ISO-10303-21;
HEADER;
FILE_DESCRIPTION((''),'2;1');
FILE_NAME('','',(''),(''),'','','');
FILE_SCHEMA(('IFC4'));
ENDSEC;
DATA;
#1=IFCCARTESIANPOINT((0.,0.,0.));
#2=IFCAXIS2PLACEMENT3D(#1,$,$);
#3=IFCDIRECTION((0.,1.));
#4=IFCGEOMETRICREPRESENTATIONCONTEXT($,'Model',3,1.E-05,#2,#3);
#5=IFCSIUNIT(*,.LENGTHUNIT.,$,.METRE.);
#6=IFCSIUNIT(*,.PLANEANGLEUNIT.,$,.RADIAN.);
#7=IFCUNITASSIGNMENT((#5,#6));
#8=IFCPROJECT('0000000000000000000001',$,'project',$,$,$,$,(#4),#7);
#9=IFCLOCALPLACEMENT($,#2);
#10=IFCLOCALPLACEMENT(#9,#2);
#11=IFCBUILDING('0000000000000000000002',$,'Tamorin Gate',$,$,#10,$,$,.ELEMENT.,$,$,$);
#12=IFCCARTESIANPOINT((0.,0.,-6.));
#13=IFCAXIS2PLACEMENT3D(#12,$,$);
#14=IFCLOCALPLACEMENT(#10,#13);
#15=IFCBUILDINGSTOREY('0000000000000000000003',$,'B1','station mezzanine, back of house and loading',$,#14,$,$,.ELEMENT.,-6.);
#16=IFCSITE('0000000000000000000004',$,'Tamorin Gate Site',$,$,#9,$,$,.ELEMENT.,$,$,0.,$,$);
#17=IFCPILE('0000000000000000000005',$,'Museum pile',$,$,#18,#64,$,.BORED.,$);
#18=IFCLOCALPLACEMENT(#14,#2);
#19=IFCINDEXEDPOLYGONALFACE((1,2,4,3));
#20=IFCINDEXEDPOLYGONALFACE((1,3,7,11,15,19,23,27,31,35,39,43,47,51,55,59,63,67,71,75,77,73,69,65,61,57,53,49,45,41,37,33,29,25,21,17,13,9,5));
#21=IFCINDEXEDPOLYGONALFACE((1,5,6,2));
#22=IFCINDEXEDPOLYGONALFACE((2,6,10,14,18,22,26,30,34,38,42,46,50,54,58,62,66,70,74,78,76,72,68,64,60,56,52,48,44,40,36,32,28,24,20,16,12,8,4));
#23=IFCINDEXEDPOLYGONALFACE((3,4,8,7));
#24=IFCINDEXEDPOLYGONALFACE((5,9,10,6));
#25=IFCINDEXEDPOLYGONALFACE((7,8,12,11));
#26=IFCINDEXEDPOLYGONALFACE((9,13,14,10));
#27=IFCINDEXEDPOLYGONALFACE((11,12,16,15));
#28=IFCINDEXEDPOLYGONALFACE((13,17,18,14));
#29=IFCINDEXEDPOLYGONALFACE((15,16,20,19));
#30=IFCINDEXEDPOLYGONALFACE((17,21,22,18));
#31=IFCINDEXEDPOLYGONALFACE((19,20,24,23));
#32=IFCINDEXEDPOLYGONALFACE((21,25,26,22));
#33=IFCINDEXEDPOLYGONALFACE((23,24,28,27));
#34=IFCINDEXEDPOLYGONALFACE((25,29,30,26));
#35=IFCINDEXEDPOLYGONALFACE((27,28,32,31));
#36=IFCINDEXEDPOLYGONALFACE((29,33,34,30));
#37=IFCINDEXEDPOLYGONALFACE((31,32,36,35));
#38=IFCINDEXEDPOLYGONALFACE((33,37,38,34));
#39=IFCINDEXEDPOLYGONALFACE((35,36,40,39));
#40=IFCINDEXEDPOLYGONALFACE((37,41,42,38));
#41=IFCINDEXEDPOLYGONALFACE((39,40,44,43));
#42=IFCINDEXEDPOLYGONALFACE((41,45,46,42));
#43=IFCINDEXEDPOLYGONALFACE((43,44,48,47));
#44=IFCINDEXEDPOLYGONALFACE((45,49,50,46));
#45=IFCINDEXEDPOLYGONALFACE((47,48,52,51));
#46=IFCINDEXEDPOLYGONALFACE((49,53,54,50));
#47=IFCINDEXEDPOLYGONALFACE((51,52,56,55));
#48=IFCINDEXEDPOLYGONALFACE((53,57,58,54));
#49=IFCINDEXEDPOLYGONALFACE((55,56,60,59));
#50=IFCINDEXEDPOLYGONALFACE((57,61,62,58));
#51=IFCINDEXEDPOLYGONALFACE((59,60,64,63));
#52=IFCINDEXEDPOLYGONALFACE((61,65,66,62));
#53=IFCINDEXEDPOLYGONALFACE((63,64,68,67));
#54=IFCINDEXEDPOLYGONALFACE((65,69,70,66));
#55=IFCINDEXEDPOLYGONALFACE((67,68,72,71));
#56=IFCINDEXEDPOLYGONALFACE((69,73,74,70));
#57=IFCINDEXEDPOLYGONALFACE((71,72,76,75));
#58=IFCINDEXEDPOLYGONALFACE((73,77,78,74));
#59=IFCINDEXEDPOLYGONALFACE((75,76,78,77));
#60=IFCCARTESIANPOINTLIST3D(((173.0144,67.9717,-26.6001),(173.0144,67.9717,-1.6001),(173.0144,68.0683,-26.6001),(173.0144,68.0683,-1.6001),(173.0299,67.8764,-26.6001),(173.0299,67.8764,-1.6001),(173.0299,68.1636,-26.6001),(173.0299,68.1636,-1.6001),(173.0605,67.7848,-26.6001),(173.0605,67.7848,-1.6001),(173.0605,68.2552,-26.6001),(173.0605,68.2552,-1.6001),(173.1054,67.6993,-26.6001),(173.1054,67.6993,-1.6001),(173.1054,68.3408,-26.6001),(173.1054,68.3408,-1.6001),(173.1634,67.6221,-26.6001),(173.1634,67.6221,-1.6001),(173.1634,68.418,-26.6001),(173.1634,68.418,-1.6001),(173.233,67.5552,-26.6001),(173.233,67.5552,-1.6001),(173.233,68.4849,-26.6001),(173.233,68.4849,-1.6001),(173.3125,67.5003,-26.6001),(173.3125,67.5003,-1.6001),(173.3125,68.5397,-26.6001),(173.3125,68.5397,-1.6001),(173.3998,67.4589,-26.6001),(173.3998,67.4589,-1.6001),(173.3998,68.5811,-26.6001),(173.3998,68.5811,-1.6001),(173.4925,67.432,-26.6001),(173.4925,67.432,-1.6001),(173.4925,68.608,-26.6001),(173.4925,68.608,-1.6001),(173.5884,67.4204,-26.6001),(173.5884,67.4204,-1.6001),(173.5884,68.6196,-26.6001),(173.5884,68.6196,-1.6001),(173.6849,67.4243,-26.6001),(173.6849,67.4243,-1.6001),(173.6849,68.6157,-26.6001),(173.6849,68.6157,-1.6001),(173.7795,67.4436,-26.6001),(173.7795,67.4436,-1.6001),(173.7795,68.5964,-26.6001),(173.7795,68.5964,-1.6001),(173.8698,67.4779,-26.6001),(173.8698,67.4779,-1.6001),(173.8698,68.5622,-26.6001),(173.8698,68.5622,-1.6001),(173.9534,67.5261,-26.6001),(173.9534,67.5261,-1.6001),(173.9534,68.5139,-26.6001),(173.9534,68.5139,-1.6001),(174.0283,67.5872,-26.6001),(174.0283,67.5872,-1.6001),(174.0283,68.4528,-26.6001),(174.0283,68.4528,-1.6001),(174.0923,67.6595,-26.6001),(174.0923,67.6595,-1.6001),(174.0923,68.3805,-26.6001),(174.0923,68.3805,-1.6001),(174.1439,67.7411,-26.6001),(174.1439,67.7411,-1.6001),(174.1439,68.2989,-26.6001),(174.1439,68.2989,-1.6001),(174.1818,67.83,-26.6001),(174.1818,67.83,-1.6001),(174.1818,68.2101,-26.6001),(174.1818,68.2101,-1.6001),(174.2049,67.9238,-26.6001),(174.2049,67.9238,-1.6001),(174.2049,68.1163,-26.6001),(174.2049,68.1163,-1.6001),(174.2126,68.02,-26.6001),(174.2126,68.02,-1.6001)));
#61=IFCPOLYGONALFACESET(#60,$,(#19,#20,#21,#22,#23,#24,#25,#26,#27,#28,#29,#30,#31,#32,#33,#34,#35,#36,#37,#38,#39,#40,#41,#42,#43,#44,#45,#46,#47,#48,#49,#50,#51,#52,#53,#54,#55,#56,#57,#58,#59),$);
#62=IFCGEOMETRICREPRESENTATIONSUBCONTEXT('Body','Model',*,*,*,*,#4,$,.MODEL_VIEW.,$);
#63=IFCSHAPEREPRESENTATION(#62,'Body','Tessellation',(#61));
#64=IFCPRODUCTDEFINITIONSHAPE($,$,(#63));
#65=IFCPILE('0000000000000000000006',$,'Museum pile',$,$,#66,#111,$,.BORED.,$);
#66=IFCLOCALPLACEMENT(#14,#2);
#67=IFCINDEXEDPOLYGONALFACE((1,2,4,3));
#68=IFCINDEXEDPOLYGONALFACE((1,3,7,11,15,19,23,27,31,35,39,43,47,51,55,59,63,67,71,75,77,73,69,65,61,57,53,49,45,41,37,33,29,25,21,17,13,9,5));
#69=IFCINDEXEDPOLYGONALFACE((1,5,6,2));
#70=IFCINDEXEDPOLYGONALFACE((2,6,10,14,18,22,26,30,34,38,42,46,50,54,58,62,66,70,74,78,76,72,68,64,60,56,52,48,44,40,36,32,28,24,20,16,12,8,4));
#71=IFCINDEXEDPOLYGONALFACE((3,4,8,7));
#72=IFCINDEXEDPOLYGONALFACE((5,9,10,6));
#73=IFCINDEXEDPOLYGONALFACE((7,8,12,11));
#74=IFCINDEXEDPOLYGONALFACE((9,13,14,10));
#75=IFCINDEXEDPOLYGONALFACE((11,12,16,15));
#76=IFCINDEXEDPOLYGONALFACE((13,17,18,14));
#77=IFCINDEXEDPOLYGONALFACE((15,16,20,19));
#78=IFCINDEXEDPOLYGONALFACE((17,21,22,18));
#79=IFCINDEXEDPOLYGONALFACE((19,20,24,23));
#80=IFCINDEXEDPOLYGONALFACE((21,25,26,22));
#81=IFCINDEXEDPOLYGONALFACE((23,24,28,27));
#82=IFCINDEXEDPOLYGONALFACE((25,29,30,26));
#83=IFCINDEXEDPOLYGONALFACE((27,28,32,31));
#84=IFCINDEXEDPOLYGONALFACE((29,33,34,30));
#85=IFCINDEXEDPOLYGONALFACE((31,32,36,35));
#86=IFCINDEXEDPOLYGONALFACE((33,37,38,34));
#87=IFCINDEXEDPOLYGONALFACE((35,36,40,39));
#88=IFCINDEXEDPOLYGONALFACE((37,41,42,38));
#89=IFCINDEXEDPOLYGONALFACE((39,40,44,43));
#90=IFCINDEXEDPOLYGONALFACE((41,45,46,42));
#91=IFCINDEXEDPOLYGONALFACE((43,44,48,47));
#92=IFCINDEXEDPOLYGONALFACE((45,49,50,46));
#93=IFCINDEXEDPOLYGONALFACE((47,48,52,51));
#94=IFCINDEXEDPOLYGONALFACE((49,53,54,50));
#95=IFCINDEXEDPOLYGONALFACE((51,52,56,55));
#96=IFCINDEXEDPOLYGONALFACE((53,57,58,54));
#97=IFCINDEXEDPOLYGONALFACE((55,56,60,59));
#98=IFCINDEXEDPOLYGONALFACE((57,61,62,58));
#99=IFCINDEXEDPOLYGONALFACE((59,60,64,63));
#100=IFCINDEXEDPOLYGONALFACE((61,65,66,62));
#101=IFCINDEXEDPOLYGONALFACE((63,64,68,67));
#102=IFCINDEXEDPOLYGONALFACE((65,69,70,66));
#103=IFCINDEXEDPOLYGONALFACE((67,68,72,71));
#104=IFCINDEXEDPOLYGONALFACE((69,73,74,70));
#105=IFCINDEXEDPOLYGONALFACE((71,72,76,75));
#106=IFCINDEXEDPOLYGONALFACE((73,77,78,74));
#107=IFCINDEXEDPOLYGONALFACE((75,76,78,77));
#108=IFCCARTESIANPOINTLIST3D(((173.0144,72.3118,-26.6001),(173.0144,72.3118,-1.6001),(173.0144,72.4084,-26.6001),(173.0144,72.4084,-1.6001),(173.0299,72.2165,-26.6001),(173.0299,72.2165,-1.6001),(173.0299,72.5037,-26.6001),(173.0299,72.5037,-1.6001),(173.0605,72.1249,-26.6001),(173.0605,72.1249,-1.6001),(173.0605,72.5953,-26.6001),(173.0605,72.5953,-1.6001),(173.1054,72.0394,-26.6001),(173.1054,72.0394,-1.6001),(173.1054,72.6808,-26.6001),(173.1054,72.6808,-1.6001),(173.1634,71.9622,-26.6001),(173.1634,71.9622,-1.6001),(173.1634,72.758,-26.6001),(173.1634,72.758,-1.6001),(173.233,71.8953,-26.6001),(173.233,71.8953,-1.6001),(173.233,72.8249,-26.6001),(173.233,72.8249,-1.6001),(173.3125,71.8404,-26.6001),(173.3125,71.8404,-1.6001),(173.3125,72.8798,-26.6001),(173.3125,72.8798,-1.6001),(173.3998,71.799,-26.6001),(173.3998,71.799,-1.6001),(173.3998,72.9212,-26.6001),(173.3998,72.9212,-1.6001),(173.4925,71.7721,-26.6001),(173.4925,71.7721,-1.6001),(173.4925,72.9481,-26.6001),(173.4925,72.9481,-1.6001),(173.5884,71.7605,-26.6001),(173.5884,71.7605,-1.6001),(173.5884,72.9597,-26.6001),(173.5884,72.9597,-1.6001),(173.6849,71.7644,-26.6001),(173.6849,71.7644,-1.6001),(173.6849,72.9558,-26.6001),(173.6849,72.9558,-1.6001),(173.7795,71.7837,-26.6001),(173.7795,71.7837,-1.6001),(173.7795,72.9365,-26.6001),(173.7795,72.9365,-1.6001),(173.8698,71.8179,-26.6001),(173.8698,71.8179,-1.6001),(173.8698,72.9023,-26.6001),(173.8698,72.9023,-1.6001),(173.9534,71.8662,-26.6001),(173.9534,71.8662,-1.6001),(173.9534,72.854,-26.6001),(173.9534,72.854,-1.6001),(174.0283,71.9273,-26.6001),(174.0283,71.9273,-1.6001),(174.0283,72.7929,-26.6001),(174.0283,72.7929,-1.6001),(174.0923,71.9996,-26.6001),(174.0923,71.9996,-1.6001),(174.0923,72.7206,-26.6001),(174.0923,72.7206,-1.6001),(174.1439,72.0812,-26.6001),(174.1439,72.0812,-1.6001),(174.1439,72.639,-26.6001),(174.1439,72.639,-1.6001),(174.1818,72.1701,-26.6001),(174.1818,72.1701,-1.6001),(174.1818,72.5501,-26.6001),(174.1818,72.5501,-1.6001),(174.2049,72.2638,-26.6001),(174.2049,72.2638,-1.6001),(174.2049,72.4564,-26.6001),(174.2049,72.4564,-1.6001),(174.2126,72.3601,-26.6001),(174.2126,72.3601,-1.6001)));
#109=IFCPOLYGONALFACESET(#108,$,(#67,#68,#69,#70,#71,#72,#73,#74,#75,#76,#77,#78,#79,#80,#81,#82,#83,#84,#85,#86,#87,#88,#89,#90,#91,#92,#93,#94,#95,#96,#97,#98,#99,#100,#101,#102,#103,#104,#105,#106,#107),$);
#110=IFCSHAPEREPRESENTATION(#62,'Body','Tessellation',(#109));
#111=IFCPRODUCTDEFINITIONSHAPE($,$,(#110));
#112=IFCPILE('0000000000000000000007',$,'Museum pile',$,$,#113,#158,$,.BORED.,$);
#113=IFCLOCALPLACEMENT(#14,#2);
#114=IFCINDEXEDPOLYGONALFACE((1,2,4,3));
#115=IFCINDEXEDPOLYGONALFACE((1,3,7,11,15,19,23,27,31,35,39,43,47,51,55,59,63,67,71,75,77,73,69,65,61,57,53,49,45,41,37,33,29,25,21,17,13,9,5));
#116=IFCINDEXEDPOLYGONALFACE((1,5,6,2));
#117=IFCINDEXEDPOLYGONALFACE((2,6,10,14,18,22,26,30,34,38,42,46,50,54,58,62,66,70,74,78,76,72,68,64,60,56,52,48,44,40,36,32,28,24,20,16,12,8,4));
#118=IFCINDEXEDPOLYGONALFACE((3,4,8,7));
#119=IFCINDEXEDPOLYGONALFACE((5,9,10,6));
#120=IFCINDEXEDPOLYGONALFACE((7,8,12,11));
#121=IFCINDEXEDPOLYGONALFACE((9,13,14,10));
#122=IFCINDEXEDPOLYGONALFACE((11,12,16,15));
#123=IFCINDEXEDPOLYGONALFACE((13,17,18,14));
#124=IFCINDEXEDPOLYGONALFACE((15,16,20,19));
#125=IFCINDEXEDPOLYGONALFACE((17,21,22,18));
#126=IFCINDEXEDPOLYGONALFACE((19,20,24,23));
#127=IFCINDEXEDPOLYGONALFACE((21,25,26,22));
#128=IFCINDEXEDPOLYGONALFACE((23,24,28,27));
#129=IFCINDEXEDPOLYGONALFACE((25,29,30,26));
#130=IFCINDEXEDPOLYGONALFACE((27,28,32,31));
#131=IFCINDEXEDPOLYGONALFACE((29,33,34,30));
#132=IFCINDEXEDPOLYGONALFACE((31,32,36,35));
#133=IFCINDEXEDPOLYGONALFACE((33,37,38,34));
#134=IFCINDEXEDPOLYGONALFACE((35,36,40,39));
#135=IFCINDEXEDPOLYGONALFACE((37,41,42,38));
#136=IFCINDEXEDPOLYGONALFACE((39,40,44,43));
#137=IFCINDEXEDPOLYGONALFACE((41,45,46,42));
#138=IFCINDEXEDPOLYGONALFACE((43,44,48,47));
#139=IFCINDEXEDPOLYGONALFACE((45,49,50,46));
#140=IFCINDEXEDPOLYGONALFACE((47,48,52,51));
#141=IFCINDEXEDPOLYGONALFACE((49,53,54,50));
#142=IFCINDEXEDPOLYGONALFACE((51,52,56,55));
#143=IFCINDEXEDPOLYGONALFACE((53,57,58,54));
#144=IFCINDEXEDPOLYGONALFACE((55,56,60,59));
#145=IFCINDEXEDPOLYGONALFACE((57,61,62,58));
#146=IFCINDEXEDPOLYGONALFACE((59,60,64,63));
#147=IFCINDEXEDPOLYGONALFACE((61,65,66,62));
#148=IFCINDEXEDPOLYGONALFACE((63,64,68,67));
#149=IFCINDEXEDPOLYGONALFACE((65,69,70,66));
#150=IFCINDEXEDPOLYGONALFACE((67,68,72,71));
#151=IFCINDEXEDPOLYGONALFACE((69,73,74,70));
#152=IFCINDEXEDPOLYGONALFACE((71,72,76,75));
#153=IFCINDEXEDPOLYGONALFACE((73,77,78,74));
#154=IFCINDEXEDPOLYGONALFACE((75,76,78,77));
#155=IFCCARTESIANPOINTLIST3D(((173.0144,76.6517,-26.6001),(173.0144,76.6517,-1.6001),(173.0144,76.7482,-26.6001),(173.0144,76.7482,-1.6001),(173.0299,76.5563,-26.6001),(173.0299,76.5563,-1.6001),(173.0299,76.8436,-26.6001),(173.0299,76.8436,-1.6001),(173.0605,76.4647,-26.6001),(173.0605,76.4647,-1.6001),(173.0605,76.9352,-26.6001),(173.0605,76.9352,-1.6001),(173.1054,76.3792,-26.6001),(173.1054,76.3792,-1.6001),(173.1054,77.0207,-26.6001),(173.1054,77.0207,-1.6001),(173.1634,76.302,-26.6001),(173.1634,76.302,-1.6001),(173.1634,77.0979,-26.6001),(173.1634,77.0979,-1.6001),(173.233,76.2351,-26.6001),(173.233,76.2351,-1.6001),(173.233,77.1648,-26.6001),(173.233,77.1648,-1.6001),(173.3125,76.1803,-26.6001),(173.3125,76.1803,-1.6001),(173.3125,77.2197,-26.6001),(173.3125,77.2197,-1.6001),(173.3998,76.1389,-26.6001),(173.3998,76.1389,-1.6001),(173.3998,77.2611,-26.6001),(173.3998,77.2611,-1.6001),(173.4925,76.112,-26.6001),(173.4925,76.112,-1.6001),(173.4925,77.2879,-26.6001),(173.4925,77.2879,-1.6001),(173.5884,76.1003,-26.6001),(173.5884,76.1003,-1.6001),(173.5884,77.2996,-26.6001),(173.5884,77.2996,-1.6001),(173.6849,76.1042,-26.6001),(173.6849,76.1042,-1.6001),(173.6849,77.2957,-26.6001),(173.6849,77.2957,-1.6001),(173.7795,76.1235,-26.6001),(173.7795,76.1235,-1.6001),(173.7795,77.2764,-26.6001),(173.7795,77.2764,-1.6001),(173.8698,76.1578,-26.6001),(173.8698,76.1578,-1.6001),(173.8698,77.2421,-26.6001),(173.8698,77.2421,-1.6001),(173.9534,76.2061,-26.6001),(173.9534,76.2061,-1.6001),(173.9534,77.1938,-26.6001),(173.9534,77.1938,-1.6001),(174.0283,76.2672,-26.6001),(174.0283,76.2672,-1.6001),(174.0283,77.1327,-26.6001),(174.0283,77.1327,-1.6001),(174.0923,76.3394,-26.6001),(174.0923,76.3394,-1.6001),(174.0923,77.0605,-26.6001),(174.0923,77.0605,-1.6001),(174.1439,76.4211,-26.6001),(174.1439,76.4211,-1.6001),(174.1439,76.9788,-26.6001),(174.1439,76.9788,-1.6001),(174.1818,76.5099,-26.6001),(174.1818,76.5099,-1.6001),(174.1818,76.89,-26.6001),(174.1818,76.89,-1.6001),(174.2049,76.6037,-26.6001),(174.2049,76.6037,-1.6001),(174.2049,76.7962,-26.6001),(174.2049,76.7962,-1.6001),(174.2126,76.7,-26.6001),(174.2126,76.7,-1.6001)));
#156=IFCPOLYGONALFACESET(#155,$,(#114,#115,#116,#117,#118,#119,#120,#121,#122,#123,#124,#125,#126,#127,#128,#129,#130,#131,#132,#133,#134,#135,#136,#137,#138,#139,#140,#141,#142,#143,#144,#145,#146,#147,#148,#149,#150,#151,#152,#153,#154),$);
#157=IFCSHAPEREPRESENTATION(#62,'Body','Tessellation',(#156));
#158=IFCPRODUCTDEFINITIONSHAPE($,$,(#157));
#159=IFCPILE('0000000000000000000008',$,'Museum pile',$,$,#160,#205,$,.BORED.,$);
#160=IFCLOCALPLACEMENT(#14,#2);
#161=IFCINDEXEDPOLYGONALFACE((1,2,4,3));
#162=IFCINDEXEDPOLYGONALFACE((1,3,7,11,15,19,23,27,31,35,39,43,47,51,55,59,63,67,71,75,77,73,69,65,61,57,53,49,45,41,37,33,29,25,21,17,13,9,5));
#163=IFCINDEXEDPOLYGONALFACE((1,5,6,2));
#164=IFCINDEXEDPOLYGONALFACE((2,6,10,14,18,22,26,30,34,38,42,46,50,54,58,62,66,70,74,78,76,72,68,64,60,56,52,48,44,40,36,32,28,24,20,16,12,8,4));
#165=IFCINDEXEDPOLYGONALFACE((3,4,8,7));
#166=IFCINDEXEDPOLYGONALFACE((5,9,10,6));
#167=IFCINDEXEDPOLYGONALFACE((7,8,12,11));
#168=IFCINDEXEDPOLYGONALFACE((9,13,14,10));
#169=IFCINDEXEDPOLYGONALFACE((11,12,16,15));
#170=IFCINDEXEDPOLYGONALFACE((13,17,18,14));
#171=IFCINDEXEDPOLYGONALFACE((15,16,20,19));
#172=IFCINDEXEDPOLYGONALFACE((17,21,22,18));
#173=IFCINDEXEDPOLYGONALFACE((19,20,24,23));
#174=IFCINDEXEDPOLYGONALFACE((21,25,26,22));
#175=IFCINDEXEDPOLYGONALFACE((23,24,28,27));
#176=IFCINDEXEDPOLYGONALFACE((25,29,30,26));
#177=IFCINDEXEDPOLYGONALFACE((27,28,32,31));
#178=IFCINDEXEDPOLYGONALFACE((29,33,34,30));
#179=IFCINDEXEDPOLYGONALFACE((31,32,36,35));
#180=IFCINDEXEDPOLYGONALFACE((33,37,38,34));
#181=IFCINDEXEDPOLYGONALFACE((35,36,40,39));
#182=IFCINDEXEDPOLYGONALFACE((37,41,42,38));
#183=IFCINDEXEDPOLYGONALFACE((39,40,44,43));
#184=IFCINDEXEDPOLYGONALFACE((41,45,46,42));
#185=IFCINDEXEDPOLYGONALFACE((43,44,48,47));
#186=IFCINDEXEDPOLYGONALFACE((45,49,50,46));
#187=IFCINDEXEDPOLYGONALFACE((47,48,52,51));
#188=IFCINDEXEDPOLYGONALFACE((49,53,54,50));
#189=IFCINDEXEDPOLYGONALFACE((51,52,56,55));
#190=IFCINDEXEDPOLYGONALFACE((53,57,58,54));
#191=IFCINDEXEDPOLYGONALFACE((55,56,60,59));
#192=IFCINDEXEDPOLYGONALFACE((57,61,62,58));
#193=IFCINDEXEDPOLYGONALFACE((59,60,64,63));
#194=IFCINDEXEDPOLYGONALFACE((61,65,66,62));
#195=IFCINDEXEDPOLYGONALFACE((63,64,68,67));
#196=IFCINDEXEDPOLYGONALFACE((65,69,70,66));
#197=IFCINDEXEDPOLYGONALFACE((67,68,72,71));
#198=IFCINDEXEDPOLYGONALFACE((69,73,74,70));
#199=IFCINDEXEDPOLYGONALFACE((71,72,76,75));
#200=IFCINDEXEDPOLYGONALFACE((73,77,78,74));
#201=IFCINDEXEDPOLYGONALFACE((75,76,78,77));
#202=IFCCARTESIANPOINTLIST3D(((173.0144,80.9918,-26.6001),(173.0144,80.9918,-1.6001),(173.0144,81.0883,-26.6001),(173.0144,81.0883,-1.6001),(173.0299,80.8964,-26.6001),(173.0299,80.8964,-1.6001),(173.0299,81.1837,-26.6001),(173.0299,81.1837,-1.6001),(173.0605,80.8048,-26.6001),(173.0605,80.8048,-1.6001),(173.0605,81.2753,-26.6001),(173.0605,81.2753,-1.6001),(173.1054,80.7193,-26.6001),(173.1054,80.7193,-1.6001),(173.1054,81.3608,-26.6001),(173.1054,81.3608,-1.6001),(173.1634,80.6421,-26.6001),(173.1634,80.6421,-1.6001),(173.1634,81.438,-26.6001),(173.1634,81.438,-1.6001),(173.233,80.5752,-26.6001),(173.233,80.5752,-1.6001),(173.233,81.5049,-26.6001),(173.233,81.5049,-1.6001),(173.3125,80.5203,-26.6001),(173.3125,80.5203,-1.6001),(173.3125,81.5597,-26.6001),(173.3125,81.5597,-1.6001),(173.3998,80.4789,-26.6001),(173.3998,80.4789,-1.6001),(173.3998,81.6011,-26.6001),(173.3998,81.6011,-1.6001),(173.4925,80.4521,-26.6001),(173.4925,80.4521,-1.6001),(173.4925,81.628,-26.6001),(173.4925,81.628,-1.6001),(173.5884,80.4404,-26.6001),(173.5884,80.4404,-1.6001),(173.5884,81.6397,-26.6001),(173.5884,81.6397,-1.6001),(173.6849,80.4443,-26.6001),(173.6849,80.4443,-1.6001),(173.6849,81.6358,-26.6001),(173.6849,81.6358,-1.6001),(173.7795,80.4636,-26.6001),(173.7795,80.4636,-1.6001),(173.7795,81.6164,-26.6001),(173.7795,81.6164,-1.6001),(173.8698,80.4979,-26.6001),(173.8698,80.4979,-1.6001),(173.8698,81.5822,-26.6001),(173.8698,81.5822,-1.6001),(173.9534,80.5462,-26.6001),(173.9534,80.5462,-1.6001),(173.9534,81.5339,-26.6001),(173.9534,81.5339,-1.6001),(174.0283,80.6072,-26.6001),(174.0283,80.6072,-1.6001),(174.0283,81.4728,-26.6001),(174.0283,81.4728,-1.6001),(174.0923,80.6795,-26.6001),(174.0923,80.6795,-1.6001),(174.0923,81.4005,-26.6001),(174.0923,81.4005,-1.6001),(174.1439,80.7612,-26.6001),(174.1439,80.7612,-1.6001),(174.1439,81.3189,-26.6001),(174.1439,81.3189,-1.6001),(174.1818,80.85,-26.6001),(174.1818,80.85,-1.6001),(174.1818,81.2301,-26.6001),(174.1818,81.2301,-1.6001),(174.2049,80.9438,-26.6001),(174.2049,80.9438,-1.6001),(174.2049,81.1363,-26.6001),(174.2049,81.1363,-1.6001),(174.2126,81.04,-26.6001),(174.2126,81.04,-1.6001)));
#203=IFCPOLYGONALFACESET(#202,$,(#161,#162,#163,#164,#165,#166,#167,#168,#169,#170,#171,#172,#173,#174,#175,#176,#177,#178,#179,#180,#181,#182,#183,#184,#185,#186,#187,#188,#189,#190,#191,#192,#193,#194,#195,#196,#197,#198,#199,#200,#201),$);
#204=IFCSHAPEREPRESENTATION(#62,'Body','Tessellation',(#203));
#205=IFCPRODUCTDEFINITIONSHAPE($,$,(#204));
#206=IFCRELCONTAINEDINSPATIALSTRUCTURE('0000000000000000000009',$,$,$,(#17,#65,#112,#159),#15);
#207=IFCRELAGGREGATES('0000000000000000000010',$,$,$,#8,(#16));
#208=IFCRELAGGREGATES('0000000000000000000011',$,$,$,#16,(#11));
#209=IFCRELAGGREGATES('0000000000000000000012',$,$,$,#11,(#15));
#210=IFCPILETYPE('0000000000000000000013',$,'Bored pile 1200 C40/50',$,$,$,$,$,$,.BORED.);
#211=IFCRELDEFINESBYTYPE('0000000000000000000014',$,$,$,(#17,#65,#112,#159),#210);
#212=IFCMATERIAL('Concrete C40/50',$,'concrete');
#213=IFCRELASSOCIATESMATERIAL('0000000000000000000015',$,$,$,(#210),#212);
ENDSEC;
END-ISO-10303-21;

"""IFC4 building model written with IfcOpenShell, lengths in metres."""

from ifc_helpers import new_model, si_unit, direction, frame, origin, origin_2d, place, context, subcontext, project, spatial, circle, extrude, material, material_profile, profile_set, type_object, element, save


model = new_model("IFC4")

# Units and contexts
model_context = context("Model", 3, precision=1e-05, world=origin(), true_north=direction((0.0, 1.0)))
body_context = subcontext(model_context, "Body", "Model", "MODEL_VIEW")
ifc_project = project(units=[si_unit("LENGTHUNIT", "METRE"), si_unit("PLANEANGLEUNIT", "RADIAN")], contexts=[model_context])

# Site, building, storey
site_placement = place(None, origin())
site = spatial("IfcSite", under=ifc_project, at=site_placement, Name="Tamorin Gate Site", CompositionType="ELEMENT", RefElevation=0.0)
building_placement = place(site_placement, origin())
building = spatial("IfcBuilding", under=site, at=building_placement, Name="Tamorin Gate", CompositionType="ELEMENT")
storey_placement = place(building_placement, frame((0.0, 0.0, -6.0)))
storey = spatial("IfcBuildingStorey", under=building, at=storey_placement, Name="B1", Description="station mezzanine, back of house and loading", CompositionType="ELEMENT", Elevation=-6.0)

# Piles
ifc_material_1 = material(Name="Concrete C40/50", Category="concrete")
ifc_material_profile_1 = material_profile(ifc_material_1, circle(Radius=0.6001, at=origin_2d()))
ifc_profile_set_1 = profile_set([ifc_material_profile_1], Name="Concrete C40/50")
pile_type = type_object("IfcPileType", Name="Bored pile 1200 C40/50", PredefinedType="BORED", material=ifc_profile_set_1)
for number, where, z_axis, x_axis, name in (
    (1, (173.6125, 68.02, -1.6001), (0.0, 0.0, -1.0), (1.0, 0.0, 0.0), "Museum pile"),
    (2, (173.6125, 72.3601, -1.6001), (0.0, 0.0, -1.0), (1.0, 0.0, 0.0), "Museum pile"),
    (3, (173.6125, 76.7, -1.6001), (0.0, 0.0, -1.0), (1.0, 0.0, 0.0), "Museum pile"),
    (4, (173.6125, 81.04, -1.6001), (0.0, 0.0, -1.0), (1.0, 0.0, 0.0), "Museum pile"),
):
    element("IfcPile", number, at=place(storey_placement, frame(where, z_axis=z_axis, x_axis=x_axis)), inside=storey, type_object=pile_type, Name=name, PredefinedType="BORED", context=body_context, shape_type="SweptSolid", body=[
        extrude(circle(Radius=0.6001, at=origin_2d()), origin(), (0.0, 0.0, 1.0), 25.0),
    ])

save(model, "model.ifc")
